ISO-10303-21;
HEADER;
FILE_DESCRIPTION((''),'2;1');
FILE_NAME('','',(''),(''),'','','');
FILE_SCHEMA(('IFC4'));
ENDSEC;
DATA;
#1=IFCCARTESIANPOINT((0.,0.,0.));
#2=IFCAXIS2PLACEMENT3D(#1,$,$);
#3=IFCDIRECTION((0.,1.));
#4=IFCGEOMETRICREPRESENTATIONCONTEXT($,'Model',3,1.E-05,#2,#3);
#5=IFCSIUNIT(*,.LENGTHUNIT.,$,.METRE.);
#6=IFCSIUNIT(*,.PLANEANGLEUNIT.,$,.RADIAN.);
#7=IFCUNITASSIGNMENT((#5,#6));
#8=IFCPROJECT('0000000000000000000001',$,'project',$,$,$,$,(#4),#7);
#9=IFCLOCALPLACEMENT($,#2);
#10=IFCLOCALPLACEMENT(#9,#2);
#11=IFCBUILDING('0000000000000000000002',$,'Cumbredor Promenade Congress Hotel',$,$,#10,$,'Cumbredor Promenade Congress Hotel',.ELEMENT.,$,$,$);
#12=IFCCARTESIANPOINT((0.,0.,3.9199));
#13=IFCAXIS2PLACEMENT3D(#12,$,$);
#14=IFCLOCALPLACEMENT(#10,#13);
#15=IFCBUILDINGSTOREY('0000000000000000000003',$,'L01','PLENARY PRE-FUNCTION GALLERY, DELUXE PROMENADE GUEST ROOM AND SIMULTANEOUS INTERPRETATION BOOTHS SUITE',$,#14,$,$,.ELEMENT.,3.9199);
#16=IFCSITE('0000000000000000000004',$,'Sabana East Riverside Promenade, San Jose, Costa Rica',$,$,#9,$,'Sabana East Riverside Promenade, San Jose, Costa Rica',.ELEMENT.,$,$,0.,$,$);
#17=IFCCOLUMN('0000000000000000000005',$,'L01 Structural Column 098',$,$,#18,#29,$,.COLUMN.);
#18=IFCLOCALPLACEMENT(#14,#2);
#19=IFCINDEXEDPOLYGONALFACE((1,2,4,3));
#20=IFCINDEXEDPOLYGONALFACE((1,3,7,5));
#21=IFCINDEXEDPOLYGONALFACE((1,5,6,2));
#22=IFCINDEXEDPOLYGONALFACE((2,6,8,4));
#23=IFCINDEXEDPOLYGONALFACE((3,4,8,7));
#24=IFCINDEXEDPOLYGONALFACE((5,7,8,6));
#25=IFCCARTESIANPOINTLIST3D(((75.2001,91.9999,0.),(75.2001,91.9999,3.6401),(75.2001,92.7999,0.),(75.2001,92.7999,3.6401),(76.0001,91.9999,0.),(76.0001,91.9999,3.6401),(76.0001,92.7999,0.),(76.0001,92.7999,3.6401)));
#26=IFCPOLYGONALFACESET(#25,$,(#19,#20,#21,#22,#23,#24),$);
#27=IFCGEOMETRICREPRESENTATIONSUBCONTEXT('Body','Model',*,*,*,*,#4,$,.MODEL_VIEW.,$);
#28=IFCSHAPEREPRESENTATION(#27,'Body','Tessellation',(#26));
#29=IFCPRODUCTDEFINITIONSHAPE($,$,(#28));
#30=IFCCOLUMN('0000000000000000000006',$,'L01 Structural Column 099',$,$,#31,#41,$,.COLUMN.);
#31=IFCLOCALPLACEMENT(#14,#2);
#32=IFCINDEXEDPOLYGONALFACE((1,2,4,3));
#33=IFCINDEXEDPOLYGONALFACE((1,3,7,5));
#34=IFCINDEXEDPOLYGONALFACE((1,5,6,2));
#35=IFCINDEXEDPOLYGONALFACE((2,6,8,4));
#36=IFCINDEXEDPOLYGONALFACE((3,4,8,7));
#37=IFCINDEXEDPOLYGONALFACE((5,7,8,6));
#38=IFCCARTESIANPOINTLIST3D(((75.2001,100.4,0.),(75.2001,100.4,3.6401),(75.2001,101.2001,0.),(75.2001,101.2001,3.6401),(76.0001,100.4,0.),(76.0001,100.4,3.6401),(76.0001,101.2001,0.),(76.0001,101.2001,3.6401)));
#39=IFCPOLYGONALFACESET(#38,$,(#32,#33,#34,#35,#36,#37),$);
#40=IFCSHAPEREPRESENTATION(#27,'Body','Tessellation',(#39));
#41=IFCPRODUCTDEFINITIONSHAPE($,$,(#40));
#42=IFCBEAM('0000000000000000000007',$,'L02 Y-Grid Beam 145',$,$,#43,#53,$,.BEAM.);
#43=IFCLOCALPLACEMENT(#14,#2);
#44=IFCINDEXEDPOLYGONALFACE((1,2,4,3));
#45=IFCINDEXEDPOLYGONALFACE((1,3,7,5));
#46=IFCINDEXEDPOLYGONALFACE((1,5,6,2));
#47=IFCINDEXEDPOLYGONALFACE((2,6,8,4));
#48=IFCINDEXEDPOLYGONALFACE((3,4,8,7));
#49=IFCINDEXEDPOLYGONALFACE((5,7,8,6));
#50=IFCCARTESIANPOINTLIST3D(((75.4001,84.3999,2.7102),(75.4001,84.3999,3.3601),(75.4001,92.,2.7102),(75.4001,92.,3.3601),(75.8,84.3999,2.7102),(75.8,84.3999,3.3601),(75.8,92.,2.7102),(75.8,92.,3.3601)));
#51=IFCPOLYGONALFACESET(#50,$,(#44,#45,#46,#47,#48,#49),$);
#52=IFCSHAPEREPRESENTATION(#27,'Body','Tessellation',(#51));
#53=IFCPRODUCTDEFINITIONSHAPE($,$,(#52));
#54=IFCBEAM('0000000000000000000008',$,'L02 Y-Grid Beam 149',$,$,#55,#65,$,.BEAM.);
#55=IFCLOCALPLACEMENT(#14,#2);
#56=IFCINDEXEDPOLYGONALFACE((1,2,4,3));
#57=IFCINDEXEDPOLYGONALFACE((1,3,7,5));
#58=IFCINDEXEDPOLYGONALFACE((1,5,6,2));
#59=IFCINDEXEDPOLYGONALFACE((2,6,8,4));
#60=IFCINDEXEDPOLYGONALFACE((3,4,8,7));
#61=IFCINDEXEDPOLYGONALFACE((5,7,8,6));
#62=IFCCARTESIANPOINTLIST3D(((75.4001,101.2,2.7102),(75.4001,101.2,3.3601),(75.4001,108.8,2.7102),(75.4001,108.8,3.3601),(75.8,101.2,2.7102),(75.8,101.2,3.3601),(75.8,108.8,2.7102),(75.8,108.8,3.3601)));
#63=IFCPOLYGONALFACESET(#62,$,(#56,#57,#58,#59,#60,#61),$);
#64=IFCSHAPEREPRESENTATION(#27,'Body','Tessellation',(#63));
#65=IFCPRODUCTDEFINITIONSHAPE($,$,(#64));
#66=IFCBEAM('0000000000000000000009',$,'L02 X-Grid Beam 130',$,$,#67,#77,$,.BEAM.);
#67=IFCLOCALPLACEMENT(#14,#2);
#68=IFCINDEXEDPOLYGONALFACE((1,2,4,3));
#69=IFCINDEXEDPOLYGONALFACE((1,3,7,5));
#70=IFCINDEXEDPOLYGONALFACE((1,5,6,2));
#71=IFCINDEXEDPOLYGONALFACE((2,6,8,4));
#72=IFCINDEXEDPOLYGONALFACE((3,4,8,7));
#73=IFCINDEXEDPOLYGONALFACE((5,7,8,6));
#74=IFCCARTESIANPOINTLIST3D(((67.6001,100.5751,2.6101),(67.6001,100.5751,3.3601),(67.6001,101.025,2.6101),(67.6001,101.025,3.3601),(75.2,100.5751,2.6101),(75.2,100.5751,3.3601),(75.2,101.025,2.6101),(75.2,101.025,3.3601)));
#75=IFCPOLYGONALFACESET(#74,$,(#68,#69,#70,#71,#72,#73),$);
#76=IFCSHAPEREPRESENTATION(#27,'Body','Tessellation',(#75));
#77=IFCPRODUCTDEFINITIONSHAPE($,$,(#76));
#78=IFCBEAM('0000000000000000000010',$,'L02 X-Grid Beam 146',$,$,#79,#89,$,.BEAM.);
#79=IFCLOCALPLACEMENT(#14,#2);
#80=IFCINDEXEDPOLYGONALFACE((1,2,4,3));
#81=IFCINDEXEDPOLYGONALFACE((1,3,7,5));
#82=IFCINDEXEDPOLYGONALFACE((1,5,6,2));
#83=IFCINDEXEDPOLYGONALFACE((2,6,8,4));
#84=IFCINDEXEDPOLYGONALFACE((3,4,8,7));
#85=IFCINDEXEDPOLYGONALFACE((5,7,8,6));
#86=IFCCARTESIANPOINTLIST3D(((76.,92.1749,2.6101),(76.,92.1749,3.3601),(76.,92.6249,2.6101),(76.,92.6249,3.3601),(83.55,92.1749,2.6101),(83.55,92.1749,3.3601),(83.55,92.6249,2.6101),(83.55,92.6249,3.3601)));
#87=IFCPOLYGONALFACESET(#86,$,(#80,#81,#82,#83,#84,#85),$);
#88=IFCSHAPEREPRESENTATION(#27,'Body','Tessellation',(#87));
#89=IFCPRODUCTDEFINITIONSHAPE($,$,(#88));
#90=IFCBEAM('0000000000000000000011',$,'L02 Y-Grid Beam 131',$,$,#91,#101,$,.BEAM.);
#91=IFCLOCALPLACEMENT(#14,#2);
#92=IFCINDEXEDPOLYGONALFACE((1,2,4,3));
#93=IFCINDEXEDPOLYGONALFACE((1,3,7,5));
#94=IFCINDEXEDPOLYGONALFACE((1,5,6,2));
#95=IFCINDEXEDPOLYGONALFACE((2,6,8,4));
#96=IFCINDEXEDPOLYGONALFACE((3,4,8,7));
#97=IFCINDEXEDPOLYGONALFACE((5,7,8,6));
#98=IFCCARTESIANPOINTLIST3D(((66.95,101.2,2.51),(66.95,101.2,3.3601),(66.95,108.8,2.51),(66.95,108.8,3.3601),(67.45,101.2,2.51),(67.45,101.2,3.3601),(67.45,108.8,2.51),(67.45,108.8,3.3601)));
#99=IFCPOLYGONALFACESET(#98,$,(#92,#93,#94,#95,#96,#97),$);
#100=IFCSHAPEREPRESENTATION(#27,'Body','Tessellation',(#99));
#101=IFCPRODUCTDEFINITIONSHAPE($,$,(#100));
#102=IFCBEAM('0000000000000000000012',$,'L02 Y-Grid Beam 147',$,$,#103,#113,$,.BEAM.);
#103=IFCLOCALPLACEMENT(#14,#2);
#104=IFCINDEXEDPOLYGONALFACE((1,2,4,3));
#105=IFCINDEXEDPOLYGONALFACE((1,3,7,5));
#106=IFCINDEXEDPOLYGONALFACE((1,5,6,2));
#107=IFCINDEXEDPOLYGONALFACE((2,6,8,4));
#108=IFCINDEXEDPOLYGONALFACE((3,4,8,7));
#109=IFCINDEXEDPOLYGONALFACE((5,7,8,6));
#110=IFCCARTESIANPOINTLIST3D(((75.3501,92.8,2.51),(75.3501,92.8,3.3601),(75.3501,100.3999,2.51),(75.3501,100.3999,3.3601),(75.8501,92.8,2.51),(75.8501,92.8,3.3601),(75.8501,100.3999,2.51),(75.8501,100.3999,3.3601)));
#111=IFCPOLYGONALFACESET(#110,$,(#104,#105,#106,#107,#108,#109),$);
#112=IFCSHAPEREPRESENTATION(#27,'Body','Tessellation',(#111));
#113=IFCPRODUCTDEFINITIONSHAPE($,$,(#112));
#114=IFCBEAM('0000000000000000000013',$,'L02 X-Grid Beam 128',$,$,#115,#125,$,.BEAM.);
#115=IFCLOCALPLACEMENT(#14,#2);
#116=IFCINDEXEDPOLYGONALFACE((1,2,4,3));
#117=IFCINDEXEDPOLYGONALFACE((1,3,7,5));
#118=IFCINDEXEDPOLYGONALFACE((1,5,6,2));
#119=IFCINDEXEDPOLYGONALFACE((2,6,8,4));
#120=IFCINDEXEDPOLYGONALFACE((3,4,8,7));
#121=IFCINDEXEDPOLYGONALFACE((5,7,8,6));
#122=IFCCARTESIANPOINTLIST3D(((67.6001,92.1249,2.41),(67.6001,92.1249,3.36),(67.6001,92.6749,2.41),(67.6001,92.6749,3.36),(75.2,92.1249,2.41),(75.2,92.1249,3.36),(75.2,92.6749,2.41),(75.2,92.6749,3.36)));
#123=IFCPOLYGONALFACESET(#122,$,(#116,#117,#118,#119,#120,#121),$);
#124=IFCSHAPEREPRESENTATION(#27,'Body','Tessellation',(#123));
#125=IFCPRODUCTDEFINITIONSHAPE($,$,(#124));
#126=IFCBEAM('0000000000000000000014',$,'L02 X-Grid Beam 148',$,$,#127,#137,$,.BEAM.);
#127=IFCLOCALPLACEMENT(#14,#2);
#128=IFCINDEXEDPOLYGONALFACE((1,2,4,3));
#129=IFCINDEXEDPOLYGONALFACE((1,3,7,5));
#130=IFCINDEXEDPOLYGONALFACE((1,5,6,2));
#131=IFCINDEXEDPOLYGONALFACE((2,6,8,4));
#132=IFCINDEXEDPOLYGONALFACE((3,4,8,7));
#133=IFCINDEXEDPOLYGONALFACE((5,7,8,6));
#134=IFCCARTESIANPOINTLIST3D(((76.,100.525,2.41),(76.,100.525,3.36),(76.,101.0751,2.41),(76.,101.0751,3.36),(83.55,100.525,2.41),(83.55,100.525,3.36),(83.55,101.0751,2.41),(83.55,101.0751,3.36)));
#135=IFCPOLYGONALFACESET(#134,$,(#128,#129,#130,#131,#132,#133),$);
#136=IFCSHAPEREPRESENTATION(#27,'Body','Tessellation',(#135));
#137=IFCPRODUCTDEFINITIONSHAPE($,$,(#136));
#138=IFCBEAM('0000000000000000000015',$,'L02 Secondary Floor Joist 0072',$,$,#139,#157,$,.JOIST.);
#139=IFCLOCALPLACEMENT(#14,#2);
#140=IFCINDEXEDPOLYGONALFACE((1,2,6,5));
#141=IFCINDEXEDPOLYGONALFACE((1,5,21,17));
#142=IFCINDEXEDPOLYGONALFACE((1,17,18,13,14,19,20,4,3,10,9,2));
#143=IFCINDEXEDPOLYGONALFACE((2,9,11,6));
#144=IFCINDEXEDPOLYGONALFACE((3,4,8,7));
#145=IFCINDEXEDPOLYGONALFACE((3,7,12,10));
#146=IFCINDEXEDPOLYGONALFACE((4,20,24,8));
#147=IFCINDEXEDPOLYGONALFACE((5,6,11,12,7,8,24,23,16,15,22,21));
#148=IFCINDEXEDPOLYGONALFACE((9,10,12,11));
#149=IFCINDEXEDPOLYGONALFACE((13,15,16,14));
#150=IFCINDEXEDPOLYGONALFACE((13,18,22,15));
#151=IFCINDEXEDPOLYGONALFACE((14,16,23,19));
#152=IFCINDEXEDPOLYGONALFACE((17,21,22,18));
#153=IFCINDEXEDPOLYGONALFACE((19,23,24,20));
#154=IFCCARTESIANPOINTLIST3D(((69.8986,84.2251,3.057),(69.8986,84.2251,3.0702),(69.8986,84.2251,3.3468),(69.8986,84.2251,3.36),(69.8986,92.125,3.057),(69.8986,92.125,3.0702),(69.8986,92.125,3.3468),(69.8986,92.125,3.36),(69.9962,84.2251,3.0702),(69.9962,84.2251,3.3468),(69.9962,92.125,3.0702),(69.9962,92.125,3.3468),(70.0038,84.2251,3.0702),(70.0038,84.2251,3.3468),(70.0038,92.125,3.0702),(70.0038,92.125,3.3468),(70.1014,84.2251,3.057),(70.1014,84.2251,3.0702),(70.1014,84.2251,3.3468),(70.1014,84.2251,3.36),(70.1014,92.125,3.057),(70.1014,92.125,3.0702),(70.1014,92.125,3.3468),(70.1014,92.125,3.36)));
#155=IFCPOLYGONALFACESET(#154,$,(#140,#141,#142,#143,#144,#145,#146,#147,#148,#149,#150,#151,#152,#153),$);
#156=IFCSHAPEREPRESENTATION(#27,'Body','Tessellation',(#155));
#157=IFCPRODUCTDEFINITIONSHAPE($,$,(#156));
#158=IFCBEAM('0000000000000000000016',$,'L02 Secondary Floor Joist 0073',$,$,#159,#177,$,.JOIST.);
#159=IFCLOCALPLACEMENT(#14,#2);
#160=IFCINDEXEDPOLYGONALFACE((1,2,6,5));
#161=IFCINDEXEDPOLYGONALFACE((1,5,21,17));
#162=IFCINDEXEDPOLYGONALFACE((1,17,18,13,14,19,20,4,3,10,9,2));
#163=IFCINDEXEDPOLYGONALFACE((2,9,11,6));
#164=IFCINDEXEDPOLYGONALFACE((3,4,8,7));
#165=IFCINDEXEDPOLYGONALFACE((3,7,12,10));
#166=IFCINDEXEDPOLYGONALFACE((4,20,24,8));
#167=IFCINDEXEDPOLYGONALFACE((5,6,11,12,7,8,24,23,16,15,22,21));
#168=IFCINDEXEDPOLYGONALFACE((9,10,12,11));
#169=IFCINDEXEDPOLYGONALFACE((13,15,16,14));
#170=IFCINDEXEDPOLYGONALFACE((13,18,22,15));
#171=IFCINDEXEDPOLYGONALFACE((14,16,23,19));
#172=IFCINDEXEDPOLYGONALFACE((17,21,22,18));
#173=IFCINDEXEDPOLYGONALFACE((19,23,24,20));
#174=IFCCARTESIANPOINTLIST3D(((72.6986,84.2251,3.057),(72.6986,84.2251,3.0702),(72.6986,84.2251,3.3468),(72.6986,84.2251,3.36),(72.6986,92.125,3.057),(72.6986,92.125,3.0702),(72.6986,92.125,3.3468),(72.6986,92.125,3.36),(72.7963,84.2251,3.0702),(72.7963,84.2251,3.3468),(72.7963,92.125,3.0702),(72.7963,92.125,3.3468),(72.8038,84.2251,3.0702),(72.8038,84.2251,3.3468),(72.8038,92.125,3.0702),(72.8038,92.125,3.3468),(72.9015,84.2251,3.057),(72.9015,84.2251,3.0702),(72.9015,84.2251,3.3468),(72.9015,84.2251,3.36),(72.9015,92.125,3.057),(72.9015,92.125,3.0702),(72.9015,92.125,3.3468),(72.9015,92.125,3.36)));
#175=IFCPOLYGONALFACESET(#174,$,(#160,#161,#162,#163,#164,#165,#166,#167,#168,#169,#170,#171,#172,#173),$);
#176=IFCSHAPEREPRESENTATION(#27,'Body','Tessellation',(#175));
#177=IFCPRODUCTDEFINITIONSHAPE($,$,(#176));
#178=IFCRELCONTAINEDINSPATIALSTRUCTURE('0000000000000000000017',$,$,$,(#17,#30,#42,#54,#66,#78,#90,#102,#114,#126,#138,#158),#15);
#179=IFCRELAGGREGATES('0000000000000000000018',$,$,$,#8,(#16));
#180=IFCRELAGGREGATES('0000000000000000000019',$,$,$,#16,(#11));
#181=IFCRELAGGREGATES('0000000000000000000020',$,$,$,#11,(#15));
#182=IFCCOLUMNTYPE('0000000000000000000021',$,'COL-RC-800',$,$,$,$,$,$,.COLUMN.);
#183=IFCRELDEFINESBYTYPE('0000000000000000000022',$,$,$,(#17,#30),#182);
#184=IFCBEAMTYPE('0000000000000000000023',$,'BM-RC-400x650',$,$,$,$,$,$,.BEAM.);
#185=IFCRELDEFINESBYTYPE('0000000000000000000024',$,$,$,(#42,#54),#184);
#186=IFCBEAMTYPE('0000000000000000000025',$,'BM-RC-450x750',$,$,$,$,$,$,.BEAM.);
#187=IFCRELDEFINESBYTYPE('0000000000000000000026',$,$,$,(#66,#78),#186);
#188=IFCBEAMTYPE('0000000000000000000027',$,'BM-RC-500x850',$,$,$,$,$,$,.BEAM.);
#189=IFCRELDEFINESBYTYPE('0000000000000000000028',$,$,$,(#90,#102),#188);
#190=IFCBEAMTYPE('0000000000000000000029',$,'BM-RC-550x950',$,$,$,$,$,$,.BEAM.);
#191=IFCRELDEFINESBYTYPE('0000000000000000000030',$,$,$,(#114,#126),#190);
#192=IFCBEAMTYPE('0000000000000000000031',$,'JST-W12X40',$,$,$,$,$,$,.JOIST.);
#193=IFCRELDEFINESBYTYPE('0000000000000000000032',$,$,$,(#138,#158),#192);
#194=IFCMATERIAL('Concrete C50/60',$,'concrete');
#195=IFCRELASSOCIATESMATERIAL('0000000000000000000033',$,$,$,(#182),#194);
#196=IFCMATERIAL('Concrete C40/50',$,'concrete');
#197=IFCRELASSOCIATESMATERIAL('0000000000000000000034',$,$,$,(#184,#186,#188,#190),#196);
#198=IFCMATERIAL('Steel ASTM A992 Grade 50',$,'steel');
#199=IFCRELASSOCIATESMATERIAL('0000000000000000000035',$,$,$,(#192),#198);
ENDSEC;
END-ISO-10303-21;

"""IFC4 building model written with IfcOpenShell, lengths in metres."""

from ifc_helpers import new_model, si_unit, direction, frame, origin, origin_2d, place, context, subcontext, project, spatial, rectangle, i_section, extrude, material, material_profile, profile_set, type_object, element, save


model = new_model("IFC4")

# Units and contexts
model_context = context("Model", 3, precision=1e-05, world=origin(), true_north=direction((0.0, 1.0)))
body_context = subcontext(model_context, "Body", "Model", "MODEL_VIEW")
ifc_project = project(units=[si_unit("LENGTHUNIT", "METRE"), si_unit("PLANEANGLEUNIT", "RADIAN")], contexts=[model_context])

# Site, building, storey
site_placement = place(None, origin())
site = spatial("IfcSite", under=ifc_project, at=site_placement, Name="Sabana East Riverside Promenade, San Jose, Costa Rica", LongName="Sabana East Riverside Promenade, San Jose, Costa Rica", CompositionType="ELEMENT", RefElevation=0.0)
building_placement = place(site_placement, origin())
building = spatial("IfcBuilding", under=site, at=building_placement, Name="Cumbredor Promenade Congress Hotel", LongName="Cumbredor Promenade Congress Hotel", CompositionType="ELEMENT")
storey_placement = place(building_placement, frame((0.0, 0.0, 3.9199)))
storey = spatial("IfcBuildingStorey", under=building, at=storey_placement, Name="L01", Description="PLENARY PRE-FUNCTION GALLERY, DELUXE PROMENADE GUEST ROOM AND SIMULTANEOUS INTERPRETATION BOOTHS SUITE", CompositionType="ELEMENT", Elevation=3.9199)

# Columns
ifc_material_1 = material(Name="Concrete C50/60", Category="concrete")
ifc_material_profile_1 = material_profile(ifc_material_1, rectangle(XDim=0.8, YDim=0.8, at=origin_2d()), Name="RC 800x800")
ifc_profile_set_1 = profile_set([ifc_material_profile_1], Name="Concrete C50/60")
column_type = type_object("IfcColumnType", Name="COL-RC-800", PredefinedType="COLUMN", material=ifc_profile_set_1)
for number, where, z_axis, x_axis, name in (
    (1, (75.6001, 92.3999, 0.0), (0.0, 0.0, 1.0), (1.0, 0.0, 0.0), "L01 Structural Column 098"),
    (2, (75.6001, 100.8, 0.0), (0.0, 0.0, 1.0), (1.0, 0.0, 0.0), "L01 Structural Column 099"),
):
    element("IfcColumn", number, at=place(storey_placement, frame(where, z_axis=z_axis, x_axis=x_axis)), inside=storey, type_object=column_type, Name=name, PredefinedType="COLUMN", context=body_context, shape_type="SweptSolid", body=[
        extrude(rectangle(XDim=0.8, YDim=0.8, at=origin_2d()), origin(), (0.0, 0.0, 1.0), 3.6401),
    ])

# Beams
ifc_material_2 = material(Name="Concrete C40/50", Category="concrete")
ifc_material_profile_2 = material_profile(ifc_material_2, rectangle(XDim=0.3999, YDim=0.6499, at=origin_2d()), Name="RC BEAM 400x650")
ifc_profile_set_2 = profile_set([ifc_material_profile_2], Name="Concrete C40/50")
beam_type_1 = type_object("IfcBeamType", Name="BM-RC-400x650", PredefinedType="BEAM", material=ifc_profile_set_2)
for number, where, z_axis, x_axis, name in (
    (3, (75.6001, 84.3999, 3.0352), (0.0, 1.0, 0.0), (-1.0, 0.0, 0.0), "L02 Y-Grid Beam 145"),
    (4, (75.6001, 101.2, 3.0352), (0.0, 1.0, 0.0), (-1.0, 0.0, 0.0), "L02 Y-Grid Beam 149"),
):
    element("IfcBeam", number, at=place(storey_placement, frame(where, z_axis=z_axis, x_axis=x_axis)), inside=storey, type_object=beam_type_1, Name=name, PredefinedType="BEAM", context=body_context, shape_type="SweptSolid", body=[
        extrude(rectangle(XDim=0.3999, YDim=0.6499, at=origin_2d()), origin(), (0.0, 0.0, 1.0), 7.6001),
    ])
ifc_material_profile_3 = material_profile(ifc_material_2, rectangle(XDim=0.45, YDim=0.75, at=origin_2d()), Name="RC BEAM 450x750")
ifc_profile_set_3 = profile_set([ifc_material_profile_3], Name="Concrete C40/50")
beam_type_2 = type_object("IfcBeamType", Name="BM-RC-450x750", PredefinedType="BEAM", material=ifc_profile_set_3)
beam_1_placement = place(storey_placement, frame((67.6001, 100.8, 2.9851), z_axis=(1.0, 0.0, 0.0), x_axis=(0.0, 1.0, 0.0)))
element("IfcBeam", 5, at=beam_1_placement, inside=storey, type_object=beam_type_2, Name="L02 X-Grid Beam 130", PredefinedType="BEAM", context=body_context, shape_type="SweptSolid", body=[
    extrude(rectangle(XDim=0.45, YDim=0.75, at=origin_2d()), origin(), (0.0, 0.0, 1.0), 7.5999),
])
beam_2_placement = place(storey_placement, frame((76.0, 92.3999, 2.9851), z_axis=(1.0, 0.0, 0.0), x_axis=(0.0, 1.0, 0.0)))
element("IfcBeam", 6, at=beam_2_placement, inside=storey, type_object=beam_type_2, Name="L02 X-Grid Beam 146", PredefinedType="BEAM", context=body_context, shape_type="SweptSolid", body=[
    extrude(rectangle(XDim=0.45, YDim=0.75, at=origin_2d()), origin(), (0.0, 0.0, 1.0), 7.55),
])
ifc_material_profile_4 = material_profile(ifc_material_2, rectangle(XDim=0.5, YDim=0.8501, at=origin_2d()), Name="RC BEAM 500x850")
ifc_profile_set_4 = profile_set([ifc_material_profile_4], Name="Concrete C40/50")
beam_type_3 = type_object("IfcBeamType", Name="BM-RC-500x850", PredefinedType="BEAM", material=ifc_profile_set_4)
beam_3_placement = place(storey_placement, frame((67.2, 101.2, 2.9351), z_axis=(0.0, 1.0, 0.0), x_axis=(-1.0, 0.0, 0.0)))
element("IfcBeam", 7, at=beam_3_placement, inside=storey, type_object=beam_type_3, Name="L02 Y-Grid Beam 131", PredefinedType="BEAM", context=body_context, shape_type="SweptSolid", body=[
    extrude(rectangle(XDim=0.5, YDim=0.8501, at=origin_2d()), origin(), (0.0, 0.0, 1.0), 7.6001),
])
beam_4_placement = place(storey_placement, frame((75.6001, 92.8, 2.9351), z_axis=(0.0, 1.0, 0.0), x_axis=(-1.0, 0.0, 0.0)))
element("IfcBeam", 8, at=beam_4_placement, inside=storey, type_object=beam_type_3, Name="L02 Y-Grid Beam 147", PredefinedType="BEAM", context=body_context, shape_type="SweptSolid", body=[
    extrude(rectangle(XDim=0.5, YDim=0.8501, at=origin_2d()), origin(), (0.0, 0.0, 1.0), 7.5999),
])
ifc_material_profile_5 = material_profile(ifc_material_2, rectangle(XDim=0.55, YDim=0.95, at=origin_2d()), Name="RC BEAM 550x950")
ifc_profile_set_5 = profile_set([ifc_material_profile_5], Name="Concrete C40/50")
beam_type_4 = type_object("IfcBeamType", Name="BM-RC-550x950", PredefinedType="BEAM", material=ifc_profile_set_5)
beam_5_placement = place(storey_placement, frame((67.6001, 92.3999, 2.885), z_axis=(1.0, 0.0, 0.0), x_axis=(0.0, 1.0, 0.0)))
element("IfcBeam", 9, at=beam_5_placement, inside=storey, type_object=beam_type_4, Name="L02 X-Grid Beam 128", PredefinedType="BEAM", context=body_context, shape_type="SweptSolid", body=[
    extrude(rectangle(XDim=0.55, YDim=0.95, at=origin_2d()), origin(), (0.0, 0.0, 1.0), 7.5999),
])
beam_6_placement = place(storey_placement, frame((76.0, 100.8, 2.885), z_axis=(1.0, 0.0, 0.0), x_axis=(0.0, 1.0, 0.0)))
element("IfcBeam", 10, at=beam_6_placement, inside=storey, type_object=beam_type_4, Name="L02 X-Grid Beam 148", PredefinedType="BEAM", context=body_context, shape_type="SweptSolid", body=[
    extrude(rectangle(XDim=0.55, YDim=0.95, at=origin_2d()), origin(), (0.0, 0.0, 1.0), 7.55),
])
ifc_material_3 = material(Name="Steel ASTM A992 Grade 50", Category="steel")
ifc_material_profile_6 = material_profile(ifc_material_3, i_section(OverallWidth=0.2029, OverallDepth=0.303, WebThickness=0.0076, FlangeThickness=0.0132, at=origin_2d()), Name="W12X40")
ifc_profile_set_6 = profile_set([ifc_material_profile_6], Name="Steel ASTM A992 Grade 50")
beam_type_5 = type_object("IfcBeamType", Name="JST-W12X40", PredefinedType="JOIST", material=ifc_profile_set_6)
for number, where, z_axis, x_axis, name in (
    (11, (70.0, 84.2251, 3.2085), (0.0, 1.0, 0.0), (-1.0, 0.0, 0.0), "L02 Secondary Floor Joist 0072"),
    (12, (72.8, 84.2251, 3.2085), (0.0, 1.0, 0.0), (-1.0, 0.0, 0.0), "L02 Secondary Floor Joist 0073"),
):
    element("IfcBeam", number, at=place(storey_placement, frame(where, z_axis=z_axis, x_axis=x_axis)), inside=storey, type_object=beam_type_5, Name=name, PredefinedType="JOIST", context=body_context, shape_type="SweptSolid", body=[
        extrude(i_section(OverallWidth=0.2029, OverallDepth=0.303, WebThickness=0.0076, FlangeThickness=0.0132, at=origin_2d()), origin(), (0.0, 0.0, 1.0), 7.8999),
    ])

save(model, "model.ifc")
